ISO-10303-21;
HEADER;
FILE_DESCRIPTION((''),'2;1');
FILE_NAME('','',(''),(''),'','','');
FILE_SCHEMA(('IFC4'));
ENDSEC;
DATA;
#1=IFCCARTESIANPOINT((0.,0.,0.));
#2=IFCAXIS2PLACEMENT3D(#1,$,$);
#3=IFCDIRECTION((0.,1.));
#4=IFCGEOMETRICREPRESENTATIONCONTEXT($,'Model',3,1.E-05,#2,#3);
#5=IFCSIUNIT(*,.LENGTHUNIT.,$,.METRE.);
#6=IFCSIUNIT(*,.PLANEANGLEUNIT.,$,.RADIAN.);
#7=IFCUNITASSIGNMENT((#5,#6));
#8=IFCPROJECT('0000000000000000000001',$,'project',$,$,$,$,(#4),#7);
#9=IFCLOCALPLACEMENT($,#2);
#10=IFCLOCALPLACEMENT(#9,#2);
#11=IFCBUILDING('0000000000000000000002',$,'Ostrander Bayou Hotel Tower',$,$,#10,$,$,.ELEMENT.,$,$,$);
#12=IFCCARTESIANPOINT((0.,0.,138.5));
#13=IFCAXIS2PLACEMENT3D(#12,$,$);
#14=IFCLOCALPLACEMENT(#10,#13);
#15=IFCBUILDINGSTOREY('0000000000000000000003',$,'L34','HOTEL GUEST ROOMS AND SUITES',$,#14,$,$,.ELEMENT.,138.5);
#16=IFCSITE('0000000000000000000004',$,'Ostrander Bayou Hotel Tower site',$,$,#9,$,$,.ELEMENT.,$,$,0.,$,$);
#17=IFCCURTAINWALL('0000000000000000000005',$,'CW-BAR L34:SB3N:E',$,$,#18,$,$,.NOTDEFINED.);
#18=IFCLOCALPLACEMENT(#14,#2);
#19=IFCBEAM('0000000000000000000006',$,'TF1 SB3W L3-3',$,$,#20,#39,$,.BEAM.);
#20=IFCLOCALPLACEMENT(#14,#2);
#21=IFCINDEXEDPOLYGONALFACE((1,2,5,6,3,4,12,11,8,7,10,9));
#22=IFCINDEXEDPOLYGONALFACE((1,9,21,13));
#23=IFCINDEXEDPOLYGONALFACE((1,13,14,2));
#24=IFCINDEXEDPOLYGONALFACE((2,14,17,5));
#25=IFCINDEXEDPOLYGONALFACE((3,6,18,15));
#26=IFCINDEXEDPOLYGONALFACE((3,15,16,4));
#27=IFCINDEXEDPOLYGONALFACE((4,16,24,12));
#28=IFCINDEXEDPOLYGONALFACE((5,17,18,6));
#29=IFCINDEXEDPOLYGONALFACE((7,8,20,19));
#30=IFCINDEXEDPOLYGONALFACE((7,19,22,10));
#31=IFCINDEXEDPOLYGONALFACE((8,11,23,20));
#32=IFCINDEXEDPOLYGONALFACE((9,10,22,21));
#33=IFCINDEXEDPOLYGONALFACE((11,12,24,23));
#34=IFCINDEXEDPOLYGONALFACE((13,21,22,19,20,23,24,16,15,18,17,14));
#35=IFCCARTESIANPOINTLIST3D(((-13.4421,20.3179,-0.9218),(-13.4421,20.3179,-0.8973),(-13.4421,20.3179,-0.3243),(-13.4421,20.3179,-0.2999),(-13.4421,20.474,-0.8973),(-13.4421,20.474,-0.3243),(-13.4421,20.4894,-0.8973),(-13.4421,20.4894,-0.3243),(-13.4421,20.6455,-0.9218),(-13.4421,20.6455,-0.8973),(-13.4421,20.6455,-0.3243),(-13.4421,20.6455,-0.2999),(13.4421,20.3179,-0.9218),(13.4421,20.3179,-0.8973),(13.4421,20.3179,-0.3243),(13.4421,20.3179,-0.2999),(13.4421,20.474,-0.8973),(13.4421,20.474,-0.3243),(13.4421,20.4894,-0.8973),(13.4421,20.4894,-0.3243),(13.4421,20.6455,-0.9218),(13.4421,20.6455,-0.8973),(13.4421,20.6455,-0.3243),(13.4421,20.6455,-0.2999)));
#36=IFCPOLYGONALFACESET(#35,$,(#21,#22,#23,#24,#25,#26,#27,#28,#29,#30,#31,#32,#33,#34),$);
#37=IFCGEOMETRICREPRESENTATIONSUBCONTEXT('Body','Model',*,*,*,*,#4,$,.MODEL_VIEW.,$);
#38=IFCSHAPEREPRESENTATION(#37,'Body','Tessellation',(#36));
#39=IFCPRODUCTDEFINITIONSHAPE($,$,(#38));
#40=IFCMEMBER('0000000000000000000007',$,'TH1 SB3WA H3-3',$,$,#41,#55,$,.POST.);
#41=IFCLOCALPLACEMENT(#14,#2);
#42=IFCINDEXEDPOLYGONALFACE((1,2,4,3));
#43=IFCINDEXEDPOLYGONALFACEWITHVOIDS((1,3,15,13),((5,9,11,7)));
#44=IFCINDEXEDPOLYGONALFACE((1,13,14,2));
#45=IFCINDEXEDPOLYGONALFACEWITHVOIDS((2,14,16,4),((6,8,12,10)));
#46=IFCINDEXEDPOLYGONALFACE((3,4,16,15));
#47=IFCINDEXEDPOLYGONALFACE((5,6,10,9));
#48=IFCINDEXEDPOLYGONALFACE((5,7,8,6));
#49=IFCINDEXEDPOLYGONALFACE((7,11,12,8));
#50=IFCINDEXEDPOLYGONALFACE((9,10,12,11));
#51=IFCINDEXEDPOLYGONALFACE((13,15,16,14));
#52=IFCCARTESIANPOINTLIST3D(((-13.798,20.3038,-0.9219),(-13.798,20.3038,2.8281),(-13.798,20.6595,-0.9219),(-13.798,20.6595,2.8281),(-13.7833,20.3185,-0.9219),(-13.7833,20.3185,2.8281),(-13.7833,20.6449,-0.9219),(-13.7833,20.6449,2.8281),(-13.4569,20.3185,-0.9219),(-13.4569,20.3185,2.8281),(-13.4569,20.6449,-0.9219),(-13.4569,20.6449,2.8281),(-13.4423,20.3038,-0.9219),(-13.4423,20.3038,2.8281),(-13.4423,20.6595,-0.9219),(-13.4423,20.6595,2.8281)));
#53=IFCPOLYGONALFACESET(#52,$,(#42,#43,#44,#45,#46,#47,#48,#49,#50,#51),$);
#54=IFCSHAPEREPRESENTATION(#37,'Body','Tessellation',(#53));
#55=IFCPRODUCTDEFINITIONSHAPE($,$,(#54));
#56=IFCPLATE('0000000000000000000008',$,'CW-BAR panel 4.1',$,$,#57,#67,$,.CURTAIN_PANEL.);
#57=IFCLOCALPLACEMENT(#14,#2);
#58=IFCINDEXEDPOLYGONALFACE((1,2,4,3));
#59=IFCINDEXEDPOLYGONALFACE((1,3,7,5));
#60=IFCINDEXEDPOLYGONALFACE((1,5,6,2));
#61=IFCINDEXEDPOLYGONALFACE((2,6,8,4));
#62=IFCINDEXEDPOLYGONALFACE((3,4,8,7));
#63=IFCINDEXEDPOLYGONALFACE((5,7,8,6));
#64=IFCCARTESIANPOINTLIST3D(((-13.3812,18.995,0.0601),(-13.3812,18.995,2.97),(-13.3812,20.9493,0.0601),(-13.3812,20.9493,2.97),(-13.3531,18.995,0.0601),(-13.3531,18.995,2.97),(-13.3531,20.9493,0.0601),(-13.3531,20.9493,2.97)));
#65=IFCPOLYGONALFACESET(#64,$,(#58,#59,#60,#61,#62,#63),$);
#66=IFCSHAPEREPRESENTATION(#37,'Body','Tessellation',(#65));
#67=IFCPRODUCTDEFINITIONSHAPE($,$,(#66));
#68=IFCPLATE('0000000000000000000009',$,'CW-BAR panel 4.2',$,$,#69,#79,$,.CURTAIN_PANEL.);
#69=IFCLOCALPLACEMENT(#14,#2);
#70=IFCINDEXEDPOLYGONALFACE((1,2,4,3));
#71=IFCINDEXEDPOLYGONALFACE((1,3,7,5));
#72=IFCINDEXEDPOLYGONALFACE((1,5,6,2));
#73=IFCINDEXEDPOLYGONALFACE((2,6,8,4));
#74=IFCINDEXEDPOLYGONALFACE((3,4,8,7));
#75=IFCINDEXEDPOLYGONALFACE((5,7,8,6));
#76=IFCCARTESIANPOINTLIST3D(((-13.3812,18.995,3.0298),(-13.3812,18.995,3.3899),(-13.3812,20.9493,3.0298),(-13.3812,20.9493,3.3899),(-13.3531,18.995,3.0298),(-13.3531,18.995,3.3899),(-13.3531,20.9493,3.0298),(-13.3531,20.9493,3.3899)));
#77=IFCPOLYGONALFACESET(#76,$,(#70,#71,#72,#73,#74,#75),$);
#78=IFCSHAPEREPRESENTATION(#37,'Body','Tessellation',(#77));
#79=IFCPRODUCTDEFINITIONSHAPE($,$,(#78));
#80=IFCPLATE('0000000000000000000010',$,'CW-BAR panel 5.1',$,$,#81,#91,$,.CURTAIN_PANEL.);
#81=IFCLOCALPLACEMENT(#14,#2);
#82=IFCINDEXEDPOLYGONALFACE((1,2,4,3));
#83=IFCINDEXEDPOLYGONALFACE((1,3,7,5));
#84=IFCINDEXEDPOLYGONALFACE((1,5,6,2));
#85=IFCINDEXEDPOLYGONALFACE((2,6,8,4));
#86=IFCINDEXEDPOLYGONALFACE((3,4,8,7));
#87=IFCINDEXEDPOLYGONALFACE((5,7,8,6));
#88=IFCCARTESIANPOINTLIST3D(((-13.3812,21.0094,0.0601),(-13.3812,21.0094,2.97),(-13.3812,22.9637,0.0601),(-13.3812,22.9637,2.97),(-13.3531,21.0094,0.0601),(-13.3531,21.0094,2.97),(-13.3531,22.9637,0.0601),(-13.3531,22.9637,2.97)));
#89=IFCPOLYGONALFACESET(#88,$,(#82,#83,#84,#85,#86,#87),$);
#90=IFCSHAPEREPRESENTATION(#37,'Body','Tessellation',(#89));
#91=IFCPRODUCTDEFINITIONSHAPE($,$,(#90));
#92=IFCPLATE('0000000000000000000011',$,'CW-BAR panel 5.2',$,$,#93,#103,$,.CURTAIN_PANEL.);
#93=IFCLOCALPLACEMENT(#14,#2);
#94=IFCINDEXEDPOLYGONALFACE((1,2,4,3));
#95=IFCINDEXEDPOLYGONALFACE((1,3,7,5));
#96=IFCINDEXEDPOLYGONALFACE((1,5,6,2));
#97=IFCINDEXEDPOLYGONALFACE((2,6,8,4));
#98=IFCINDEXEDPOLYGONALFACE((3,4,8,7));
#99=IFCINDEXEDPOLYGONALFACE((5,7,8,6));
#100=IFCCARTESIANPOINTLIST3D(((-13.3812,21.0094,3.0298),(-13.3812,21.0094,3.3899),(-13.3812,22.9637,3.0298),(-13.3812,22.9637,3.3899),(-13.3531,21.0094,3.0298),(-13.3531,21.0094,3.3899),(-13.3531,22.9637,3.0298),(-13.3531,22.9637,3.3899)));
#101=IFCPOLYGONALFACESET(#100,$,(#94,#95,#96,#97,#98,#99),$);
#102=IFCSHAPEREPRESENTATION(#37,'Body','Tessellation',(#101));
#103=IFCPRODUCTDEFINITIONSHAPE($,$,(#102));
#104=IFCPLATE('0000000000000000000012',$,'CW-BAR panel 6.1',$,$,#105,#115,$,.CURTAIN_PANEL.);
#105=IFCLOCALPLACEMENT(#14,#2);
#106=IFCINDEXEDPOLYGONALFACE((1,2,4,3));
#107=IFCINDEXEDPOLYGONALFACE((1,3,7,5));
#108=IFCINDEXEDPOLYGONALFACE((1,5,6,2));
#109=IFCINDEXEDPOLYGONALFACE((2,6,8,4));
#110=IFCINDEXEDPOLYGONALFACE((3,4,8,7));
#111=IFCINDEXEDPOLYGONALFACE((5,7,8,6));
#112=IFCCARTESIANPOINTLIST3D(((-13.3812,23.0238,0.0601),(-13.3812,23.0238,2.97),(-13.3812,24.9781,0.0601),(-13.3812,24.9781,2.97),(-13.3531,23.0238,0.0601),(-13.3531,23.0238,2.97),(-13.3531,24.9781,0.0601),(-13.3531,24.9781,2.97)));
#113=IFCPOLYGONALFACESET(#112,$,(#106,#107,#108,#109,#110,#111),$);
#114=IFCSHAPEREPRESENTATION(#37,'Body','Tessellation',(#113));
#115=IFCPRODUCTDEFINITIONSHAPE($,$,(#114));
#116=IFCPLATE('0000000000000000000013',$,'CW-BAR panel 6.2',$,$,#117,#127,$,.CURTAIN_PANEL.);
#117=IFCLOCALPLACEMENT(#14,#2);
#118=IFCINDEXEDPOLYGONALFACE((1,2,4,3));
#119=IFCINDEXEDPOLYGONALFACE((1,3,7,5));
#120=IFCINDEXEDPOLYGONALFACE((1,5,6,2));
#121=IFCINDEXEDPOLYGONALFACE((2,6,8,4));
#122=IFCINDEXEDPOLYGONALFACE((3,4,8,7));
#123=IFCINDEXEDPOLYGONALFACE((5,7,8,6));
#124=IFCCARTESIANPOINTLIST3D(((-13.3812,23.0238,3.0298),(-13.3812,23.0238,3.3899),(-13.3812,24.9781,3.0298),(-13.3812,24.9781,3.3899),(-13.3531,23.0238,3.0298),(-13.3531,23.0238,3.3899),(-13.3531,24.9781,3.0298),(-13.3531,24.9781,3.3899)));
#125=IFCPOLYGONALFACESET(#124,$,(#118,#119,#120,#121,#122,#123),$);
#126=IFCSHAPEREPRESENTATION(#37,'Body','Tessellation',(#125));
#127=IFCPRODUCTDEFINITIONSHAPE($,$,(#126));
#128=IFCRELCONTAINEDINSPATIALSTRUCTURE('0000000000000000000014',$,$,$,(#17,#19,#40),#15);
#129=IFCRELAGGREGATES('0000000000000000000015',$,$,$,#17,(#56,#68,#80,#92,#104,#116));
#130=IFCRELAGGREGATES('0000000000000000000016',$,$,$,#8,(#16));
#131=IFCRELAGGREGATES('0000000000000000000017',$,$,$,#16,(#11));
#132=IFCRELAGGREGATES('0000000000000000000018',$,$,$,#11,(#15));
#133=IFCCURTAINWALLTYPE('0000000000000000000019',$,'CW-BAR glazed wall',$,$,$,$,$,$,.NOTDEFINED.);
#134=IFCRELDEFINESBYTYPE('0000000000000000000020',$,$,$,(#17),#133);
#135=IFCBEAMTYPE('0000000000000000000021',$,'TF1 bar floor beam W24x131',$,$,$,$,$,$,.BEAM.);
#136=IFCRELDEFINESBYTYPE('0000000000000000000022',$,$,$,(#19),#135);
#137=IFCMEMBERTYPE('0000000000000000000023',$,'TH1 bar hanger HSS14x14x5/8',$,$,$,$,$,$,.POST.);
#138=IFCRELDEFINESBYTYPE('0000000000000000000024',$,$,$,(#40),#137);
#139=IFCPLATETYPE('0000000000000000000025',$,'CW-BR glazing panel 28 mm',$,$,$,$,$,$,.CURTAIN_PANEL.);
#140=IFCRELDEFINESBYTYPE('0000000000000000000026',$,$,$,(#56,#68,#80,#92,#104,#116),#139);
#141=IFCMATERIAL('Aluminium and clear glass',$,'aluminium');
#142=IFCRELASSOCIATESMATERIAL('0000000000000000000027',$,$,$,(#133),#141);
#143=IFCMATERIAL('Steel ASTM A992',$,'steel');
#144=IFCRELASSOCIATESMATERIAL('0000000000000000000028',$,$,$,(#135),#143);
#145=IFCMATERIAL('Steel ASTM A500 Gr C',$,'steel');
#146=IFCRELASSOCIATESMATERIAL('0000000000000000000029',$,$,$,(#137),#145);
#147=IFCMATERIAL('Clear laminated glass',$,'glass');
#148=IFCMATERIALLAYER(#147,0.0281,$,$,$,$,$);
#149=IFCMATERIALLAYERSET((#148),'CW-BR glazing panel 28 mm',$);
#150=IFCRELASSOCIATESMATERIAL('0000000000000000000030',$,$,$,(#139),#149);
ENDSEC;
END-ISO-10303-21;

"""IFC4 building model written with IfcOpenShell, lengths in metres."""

from ifc_helpers import new_model, si_unit, direction, frame, origin, origin_2d, place, context, subcontext, project, spatial, rectangle, hollow_rectangle, i_section, extrude, material, layer, layer_set, material_profile, profile_set, type_object, element, aggregate, save


model = new_model("IFC4")

# Units and contexts
model_context = context("Model", 3, precision=1e-05, world=origin(), true_north=direction((0.0, 1.0)))
body_context = subcontext(model_context, "Body", "Model", "MODEL_VIEW")
ifc_project = project(units=[si_unit("LENGTHUNIT", "METRE"), si_unit("PLANEANGLEUNIT", "RADIAN")], contexts=[model_context])

# Site, building, storey
site_placement = place(None, origin())
site = spatial("IfcSite", under=ifc_project, at=site_placement, Name="Ostrander Bayou Hotel Tower site", CompositionType="ELEMENT", RefElevation=0.0)
building_placement = place(site_placement, origin())
building = spatial("IfcBuilding", under=site, at=building_placement, Name="Ostrander Bayou Hotel Tower", CompositionType="ELEMENT")
storey_placement = place(building_placement, frame((0.0, 0.0, 138.5)))
storey = spatial("IfcBuildingStorey", under=building, at=storey_placement, Name="L34", Description="HOTEL GUEST ROOMS AND SUITES", CompositionType="ELEMENT", Elevation=138.5)

# Curtain wall
ifc_material_1 = material(Name="Aluminium and clear glass", Category="aluminium")
curtain_wall_type = type_object("IfcCurtainWallType", Name="CW-BAR glazed wall", PredefinedType="NOTDEFINED", material=ifc_material_1)
curtain_wall_placement = place(storey_placement, origin())
curtain_wall = element("IfcCurtainWall", 1, at=curtain_wall_placement, inside=storey, type_object=curtain_wall_type, Name="CW-BAR L34:SB3N:E", PredefinedType="NOTDEFINED")

# Beam
ifc_material_2 = material(Name="Steel ASTM A992", Category="steel")
ifc_material_profile_1 = material_profile(ifc_material_2, i_section(OverallWidth=0.3276, OverallDepth=0.6218, WebThickness=0.0154, FlangeThickness=0.0244, at=origin_2d()))
ifc_profile_set_1 = profile_set([ifc_material_profile_1], Name="Steel ASTM A992")
beam_type = type_object("IfcBeamType", Name="TF1 bar floor beam W24x131", PredefinedType="BEAM", material=ifc_profile_set_1)
beam_placement = place(storey_placement, frame((-13.4421, 20.4817, -0.6108), z_axis=(1.0, 0.0, 0.0), x_axis=(0.0, 1.0, 0.0)))
element("IfcBeam", 2, at=beam_placement, inside=storey, type_object=beam_type, Name="TF1 SB3W L3-3", PredefinedType="BEAM", context=body_context, shape_type="SweptSolid", body=[
    extrude(i_section(OverallWidth=0.3276, OverallDepth=0.6218, WebThickness=0.0154, FlangeThickness=0.0244, at=origin_2d()), origin(), (0.0, 0.0, 1.0), 26.8843),
])

# Member
ifc_material_3 = material(Name="Steel ASTM A500 Gr C", Category="steel")
ifc_material_profile_2 = material_profile(ifc_material_3, hollow_rectangle(XDim=0.3557, YDim=0.3557, WallThickness=0.0146, at=origin_2d()))
ifc_profile_set_2 = profile_set([ifc_material_profile_2], Name="Steel ASTM A500 Gr C")
member_type_1 = type_object("IfcMemberType", Name="TH1 bar hanger HSS14x14x5/8", PredefinedType="POST", material=ifc_profile_set_2)
member_1_placement = place(storey_placement, frame((-13.6201, 20.4817, -0.9219), z_axis=(0.0, 0.0, 1.0), x_axis=(1.0, 0.0, 0.0)))
element("IfcMember", 3, at=member_1_placement, inside=storey, type_object=member_type_1, Name="TH1 SB3WA H3-3", PredefinedType="POST", context=body_context, shape_type="SweptSolid", body=[
    extrude(hollow_rectangle(XDim=0.3557, YDim=0.3557, WallThickness=0.0146, at=origin_2d()), origin(), (0.0, 0.0, 1.0), 3.75),
])

# Plates
ifc_material_4 = material(Name="Clear laminated glass", Category="glass")
ifc_layer_1 = layer(ifc_material_4, 0.0281)
ifc_layer_set_1 = layer_set([ifc_layer_1], Name="CW-BR glazing panel 28 mm")
plate_type = type_object("IfcPlateType", Name="CW-BR glazing panel 28 mm", PredefinedType="CURTAIN_PANEL", material=ifc_layer_set_1)
plate_1_placement = place(storey_placement, frame((-13.3672, 19.9722, 0.0601), z_axis=(0.0, 0.0, 1.0), x_axis=(0.0, 1.0, 0.0)))
plate_1 = element("IfcPlate", 4, at=plate_1_placement, type_object=plate_type, Name="CW-BAR panel 4.1", PredefinedType="CURTAIN_PANEL", context=body_context, shape_type="SweptSolid", body=[
    extrude(rectangle(XDim=1.9543, YDim=0.0281, at=origin_2d()), origin(), (0.0, 0.0, 1.0), 2.9099),
])
plate_2_placement = place(storey_placement, frame((-13.3672, 19.9722, 3.0298), z_axis=(0.0, 0.0, 1.0), x_axis=(0.0, 1.0, 0.0)))
plate_2 = element("IfcPlate", 5, at=plate_2_placement, type_object=plate_type, Name="CW-BAR panel 4.2", PredefinedType="CURTAIN_PANEL", context=body_context, shape_type="SweptSolid", body=[
    extrude(rectangle(XDim=1.9543, YDim=0.0281, at=origin_2d()), origin(), (0.0, 0.0, 1.0), 0.3601),
])
plate_3_placement = place(storey_placement, frame((-13.3672, 21.9866, 0.0601), z_axis=(0.0, 0.0, 1.0), x_axis=(0.0, 1.0, 0.0)))
plate_3 = element("IfcPlate", 6, at=plate_3_placement, type_object=plate_type, Name="CW-BAR panel 5.1", PredefinedType="CURTAIN_PANEL", context=body_context, shape_type="SweptSolid", body=[
    extrude(rectangle(XDim=1.9543, YDim=0.0281, at=origin_2d()), origin(), (0.0, 0.0, 1.0), 2.9099),
])
plate_4_placement = place(storey_placement, frame((-13.3672, 21.9866, 3.0298), z_axis=(0.0, 0.0, 1.0), x_axis=(0.0, 1.0, 0.0)))
plate_4 = element("IfcPlate", 7, at=plate_4_placement, type_object=plate_type, Name="CW-BAR panel 5.2", PredefinedType="CURTAIN_PANEL", context=body_context, shape_type="SweptSolid", body=[
    extrude(rectangle(XDim=1.9543, YDim=0.0281, at=origin_2d()), origin(), (0.0, 0.0, 1.0), 0.3601),
])
plate_5_placement = place(storey_placement, frame((-13.3672, 24.001, 0.0601), z_axis=(0.0, 0.0, 1.0), x_axis=(0.0, 1.0, 0.0)))
plate_5 = element("IfcPlate", 8, at=plate_5_placement, type_object=plate_type, Name="CW-BAR panel 6.1", PredefinedType="CURTAIN_PANEL", context=body_context, shape_type="SweptSolid", body=[
    extrude(rectangle(XDim=1.9543, YDim=0.0281, at=origin_2d()), origin(), (0.0, 0.0, 1.0), 2.9099),
])
plate_6_placement = place(storey_placement, frame((-13.3672, 24.001, 3.0298), z_axis=(0.0, 0.0, 1.0), x_axis=(0.0, 1.0, 0.0)))
plate_6 = element("IfcPlate", 9, at=plate_6_placement, type_object=plate_type, Name="CW-BAR panel 6.2", PredefinedType="CURTAIN_PANEL", context=body_context, shape_type="SweptSolid", body=[
    extrude(rectangle(XDim=1.9543, YDim=0.0281, at=origin_2d()), origin(), (0.0, 0.0, 1.0), 0.3601),
])
aggregate(curtain_wall, [plate_1, plate_2, plate_3, plate_4, plate_5, plate_6])

save(model, "model.ifc")
